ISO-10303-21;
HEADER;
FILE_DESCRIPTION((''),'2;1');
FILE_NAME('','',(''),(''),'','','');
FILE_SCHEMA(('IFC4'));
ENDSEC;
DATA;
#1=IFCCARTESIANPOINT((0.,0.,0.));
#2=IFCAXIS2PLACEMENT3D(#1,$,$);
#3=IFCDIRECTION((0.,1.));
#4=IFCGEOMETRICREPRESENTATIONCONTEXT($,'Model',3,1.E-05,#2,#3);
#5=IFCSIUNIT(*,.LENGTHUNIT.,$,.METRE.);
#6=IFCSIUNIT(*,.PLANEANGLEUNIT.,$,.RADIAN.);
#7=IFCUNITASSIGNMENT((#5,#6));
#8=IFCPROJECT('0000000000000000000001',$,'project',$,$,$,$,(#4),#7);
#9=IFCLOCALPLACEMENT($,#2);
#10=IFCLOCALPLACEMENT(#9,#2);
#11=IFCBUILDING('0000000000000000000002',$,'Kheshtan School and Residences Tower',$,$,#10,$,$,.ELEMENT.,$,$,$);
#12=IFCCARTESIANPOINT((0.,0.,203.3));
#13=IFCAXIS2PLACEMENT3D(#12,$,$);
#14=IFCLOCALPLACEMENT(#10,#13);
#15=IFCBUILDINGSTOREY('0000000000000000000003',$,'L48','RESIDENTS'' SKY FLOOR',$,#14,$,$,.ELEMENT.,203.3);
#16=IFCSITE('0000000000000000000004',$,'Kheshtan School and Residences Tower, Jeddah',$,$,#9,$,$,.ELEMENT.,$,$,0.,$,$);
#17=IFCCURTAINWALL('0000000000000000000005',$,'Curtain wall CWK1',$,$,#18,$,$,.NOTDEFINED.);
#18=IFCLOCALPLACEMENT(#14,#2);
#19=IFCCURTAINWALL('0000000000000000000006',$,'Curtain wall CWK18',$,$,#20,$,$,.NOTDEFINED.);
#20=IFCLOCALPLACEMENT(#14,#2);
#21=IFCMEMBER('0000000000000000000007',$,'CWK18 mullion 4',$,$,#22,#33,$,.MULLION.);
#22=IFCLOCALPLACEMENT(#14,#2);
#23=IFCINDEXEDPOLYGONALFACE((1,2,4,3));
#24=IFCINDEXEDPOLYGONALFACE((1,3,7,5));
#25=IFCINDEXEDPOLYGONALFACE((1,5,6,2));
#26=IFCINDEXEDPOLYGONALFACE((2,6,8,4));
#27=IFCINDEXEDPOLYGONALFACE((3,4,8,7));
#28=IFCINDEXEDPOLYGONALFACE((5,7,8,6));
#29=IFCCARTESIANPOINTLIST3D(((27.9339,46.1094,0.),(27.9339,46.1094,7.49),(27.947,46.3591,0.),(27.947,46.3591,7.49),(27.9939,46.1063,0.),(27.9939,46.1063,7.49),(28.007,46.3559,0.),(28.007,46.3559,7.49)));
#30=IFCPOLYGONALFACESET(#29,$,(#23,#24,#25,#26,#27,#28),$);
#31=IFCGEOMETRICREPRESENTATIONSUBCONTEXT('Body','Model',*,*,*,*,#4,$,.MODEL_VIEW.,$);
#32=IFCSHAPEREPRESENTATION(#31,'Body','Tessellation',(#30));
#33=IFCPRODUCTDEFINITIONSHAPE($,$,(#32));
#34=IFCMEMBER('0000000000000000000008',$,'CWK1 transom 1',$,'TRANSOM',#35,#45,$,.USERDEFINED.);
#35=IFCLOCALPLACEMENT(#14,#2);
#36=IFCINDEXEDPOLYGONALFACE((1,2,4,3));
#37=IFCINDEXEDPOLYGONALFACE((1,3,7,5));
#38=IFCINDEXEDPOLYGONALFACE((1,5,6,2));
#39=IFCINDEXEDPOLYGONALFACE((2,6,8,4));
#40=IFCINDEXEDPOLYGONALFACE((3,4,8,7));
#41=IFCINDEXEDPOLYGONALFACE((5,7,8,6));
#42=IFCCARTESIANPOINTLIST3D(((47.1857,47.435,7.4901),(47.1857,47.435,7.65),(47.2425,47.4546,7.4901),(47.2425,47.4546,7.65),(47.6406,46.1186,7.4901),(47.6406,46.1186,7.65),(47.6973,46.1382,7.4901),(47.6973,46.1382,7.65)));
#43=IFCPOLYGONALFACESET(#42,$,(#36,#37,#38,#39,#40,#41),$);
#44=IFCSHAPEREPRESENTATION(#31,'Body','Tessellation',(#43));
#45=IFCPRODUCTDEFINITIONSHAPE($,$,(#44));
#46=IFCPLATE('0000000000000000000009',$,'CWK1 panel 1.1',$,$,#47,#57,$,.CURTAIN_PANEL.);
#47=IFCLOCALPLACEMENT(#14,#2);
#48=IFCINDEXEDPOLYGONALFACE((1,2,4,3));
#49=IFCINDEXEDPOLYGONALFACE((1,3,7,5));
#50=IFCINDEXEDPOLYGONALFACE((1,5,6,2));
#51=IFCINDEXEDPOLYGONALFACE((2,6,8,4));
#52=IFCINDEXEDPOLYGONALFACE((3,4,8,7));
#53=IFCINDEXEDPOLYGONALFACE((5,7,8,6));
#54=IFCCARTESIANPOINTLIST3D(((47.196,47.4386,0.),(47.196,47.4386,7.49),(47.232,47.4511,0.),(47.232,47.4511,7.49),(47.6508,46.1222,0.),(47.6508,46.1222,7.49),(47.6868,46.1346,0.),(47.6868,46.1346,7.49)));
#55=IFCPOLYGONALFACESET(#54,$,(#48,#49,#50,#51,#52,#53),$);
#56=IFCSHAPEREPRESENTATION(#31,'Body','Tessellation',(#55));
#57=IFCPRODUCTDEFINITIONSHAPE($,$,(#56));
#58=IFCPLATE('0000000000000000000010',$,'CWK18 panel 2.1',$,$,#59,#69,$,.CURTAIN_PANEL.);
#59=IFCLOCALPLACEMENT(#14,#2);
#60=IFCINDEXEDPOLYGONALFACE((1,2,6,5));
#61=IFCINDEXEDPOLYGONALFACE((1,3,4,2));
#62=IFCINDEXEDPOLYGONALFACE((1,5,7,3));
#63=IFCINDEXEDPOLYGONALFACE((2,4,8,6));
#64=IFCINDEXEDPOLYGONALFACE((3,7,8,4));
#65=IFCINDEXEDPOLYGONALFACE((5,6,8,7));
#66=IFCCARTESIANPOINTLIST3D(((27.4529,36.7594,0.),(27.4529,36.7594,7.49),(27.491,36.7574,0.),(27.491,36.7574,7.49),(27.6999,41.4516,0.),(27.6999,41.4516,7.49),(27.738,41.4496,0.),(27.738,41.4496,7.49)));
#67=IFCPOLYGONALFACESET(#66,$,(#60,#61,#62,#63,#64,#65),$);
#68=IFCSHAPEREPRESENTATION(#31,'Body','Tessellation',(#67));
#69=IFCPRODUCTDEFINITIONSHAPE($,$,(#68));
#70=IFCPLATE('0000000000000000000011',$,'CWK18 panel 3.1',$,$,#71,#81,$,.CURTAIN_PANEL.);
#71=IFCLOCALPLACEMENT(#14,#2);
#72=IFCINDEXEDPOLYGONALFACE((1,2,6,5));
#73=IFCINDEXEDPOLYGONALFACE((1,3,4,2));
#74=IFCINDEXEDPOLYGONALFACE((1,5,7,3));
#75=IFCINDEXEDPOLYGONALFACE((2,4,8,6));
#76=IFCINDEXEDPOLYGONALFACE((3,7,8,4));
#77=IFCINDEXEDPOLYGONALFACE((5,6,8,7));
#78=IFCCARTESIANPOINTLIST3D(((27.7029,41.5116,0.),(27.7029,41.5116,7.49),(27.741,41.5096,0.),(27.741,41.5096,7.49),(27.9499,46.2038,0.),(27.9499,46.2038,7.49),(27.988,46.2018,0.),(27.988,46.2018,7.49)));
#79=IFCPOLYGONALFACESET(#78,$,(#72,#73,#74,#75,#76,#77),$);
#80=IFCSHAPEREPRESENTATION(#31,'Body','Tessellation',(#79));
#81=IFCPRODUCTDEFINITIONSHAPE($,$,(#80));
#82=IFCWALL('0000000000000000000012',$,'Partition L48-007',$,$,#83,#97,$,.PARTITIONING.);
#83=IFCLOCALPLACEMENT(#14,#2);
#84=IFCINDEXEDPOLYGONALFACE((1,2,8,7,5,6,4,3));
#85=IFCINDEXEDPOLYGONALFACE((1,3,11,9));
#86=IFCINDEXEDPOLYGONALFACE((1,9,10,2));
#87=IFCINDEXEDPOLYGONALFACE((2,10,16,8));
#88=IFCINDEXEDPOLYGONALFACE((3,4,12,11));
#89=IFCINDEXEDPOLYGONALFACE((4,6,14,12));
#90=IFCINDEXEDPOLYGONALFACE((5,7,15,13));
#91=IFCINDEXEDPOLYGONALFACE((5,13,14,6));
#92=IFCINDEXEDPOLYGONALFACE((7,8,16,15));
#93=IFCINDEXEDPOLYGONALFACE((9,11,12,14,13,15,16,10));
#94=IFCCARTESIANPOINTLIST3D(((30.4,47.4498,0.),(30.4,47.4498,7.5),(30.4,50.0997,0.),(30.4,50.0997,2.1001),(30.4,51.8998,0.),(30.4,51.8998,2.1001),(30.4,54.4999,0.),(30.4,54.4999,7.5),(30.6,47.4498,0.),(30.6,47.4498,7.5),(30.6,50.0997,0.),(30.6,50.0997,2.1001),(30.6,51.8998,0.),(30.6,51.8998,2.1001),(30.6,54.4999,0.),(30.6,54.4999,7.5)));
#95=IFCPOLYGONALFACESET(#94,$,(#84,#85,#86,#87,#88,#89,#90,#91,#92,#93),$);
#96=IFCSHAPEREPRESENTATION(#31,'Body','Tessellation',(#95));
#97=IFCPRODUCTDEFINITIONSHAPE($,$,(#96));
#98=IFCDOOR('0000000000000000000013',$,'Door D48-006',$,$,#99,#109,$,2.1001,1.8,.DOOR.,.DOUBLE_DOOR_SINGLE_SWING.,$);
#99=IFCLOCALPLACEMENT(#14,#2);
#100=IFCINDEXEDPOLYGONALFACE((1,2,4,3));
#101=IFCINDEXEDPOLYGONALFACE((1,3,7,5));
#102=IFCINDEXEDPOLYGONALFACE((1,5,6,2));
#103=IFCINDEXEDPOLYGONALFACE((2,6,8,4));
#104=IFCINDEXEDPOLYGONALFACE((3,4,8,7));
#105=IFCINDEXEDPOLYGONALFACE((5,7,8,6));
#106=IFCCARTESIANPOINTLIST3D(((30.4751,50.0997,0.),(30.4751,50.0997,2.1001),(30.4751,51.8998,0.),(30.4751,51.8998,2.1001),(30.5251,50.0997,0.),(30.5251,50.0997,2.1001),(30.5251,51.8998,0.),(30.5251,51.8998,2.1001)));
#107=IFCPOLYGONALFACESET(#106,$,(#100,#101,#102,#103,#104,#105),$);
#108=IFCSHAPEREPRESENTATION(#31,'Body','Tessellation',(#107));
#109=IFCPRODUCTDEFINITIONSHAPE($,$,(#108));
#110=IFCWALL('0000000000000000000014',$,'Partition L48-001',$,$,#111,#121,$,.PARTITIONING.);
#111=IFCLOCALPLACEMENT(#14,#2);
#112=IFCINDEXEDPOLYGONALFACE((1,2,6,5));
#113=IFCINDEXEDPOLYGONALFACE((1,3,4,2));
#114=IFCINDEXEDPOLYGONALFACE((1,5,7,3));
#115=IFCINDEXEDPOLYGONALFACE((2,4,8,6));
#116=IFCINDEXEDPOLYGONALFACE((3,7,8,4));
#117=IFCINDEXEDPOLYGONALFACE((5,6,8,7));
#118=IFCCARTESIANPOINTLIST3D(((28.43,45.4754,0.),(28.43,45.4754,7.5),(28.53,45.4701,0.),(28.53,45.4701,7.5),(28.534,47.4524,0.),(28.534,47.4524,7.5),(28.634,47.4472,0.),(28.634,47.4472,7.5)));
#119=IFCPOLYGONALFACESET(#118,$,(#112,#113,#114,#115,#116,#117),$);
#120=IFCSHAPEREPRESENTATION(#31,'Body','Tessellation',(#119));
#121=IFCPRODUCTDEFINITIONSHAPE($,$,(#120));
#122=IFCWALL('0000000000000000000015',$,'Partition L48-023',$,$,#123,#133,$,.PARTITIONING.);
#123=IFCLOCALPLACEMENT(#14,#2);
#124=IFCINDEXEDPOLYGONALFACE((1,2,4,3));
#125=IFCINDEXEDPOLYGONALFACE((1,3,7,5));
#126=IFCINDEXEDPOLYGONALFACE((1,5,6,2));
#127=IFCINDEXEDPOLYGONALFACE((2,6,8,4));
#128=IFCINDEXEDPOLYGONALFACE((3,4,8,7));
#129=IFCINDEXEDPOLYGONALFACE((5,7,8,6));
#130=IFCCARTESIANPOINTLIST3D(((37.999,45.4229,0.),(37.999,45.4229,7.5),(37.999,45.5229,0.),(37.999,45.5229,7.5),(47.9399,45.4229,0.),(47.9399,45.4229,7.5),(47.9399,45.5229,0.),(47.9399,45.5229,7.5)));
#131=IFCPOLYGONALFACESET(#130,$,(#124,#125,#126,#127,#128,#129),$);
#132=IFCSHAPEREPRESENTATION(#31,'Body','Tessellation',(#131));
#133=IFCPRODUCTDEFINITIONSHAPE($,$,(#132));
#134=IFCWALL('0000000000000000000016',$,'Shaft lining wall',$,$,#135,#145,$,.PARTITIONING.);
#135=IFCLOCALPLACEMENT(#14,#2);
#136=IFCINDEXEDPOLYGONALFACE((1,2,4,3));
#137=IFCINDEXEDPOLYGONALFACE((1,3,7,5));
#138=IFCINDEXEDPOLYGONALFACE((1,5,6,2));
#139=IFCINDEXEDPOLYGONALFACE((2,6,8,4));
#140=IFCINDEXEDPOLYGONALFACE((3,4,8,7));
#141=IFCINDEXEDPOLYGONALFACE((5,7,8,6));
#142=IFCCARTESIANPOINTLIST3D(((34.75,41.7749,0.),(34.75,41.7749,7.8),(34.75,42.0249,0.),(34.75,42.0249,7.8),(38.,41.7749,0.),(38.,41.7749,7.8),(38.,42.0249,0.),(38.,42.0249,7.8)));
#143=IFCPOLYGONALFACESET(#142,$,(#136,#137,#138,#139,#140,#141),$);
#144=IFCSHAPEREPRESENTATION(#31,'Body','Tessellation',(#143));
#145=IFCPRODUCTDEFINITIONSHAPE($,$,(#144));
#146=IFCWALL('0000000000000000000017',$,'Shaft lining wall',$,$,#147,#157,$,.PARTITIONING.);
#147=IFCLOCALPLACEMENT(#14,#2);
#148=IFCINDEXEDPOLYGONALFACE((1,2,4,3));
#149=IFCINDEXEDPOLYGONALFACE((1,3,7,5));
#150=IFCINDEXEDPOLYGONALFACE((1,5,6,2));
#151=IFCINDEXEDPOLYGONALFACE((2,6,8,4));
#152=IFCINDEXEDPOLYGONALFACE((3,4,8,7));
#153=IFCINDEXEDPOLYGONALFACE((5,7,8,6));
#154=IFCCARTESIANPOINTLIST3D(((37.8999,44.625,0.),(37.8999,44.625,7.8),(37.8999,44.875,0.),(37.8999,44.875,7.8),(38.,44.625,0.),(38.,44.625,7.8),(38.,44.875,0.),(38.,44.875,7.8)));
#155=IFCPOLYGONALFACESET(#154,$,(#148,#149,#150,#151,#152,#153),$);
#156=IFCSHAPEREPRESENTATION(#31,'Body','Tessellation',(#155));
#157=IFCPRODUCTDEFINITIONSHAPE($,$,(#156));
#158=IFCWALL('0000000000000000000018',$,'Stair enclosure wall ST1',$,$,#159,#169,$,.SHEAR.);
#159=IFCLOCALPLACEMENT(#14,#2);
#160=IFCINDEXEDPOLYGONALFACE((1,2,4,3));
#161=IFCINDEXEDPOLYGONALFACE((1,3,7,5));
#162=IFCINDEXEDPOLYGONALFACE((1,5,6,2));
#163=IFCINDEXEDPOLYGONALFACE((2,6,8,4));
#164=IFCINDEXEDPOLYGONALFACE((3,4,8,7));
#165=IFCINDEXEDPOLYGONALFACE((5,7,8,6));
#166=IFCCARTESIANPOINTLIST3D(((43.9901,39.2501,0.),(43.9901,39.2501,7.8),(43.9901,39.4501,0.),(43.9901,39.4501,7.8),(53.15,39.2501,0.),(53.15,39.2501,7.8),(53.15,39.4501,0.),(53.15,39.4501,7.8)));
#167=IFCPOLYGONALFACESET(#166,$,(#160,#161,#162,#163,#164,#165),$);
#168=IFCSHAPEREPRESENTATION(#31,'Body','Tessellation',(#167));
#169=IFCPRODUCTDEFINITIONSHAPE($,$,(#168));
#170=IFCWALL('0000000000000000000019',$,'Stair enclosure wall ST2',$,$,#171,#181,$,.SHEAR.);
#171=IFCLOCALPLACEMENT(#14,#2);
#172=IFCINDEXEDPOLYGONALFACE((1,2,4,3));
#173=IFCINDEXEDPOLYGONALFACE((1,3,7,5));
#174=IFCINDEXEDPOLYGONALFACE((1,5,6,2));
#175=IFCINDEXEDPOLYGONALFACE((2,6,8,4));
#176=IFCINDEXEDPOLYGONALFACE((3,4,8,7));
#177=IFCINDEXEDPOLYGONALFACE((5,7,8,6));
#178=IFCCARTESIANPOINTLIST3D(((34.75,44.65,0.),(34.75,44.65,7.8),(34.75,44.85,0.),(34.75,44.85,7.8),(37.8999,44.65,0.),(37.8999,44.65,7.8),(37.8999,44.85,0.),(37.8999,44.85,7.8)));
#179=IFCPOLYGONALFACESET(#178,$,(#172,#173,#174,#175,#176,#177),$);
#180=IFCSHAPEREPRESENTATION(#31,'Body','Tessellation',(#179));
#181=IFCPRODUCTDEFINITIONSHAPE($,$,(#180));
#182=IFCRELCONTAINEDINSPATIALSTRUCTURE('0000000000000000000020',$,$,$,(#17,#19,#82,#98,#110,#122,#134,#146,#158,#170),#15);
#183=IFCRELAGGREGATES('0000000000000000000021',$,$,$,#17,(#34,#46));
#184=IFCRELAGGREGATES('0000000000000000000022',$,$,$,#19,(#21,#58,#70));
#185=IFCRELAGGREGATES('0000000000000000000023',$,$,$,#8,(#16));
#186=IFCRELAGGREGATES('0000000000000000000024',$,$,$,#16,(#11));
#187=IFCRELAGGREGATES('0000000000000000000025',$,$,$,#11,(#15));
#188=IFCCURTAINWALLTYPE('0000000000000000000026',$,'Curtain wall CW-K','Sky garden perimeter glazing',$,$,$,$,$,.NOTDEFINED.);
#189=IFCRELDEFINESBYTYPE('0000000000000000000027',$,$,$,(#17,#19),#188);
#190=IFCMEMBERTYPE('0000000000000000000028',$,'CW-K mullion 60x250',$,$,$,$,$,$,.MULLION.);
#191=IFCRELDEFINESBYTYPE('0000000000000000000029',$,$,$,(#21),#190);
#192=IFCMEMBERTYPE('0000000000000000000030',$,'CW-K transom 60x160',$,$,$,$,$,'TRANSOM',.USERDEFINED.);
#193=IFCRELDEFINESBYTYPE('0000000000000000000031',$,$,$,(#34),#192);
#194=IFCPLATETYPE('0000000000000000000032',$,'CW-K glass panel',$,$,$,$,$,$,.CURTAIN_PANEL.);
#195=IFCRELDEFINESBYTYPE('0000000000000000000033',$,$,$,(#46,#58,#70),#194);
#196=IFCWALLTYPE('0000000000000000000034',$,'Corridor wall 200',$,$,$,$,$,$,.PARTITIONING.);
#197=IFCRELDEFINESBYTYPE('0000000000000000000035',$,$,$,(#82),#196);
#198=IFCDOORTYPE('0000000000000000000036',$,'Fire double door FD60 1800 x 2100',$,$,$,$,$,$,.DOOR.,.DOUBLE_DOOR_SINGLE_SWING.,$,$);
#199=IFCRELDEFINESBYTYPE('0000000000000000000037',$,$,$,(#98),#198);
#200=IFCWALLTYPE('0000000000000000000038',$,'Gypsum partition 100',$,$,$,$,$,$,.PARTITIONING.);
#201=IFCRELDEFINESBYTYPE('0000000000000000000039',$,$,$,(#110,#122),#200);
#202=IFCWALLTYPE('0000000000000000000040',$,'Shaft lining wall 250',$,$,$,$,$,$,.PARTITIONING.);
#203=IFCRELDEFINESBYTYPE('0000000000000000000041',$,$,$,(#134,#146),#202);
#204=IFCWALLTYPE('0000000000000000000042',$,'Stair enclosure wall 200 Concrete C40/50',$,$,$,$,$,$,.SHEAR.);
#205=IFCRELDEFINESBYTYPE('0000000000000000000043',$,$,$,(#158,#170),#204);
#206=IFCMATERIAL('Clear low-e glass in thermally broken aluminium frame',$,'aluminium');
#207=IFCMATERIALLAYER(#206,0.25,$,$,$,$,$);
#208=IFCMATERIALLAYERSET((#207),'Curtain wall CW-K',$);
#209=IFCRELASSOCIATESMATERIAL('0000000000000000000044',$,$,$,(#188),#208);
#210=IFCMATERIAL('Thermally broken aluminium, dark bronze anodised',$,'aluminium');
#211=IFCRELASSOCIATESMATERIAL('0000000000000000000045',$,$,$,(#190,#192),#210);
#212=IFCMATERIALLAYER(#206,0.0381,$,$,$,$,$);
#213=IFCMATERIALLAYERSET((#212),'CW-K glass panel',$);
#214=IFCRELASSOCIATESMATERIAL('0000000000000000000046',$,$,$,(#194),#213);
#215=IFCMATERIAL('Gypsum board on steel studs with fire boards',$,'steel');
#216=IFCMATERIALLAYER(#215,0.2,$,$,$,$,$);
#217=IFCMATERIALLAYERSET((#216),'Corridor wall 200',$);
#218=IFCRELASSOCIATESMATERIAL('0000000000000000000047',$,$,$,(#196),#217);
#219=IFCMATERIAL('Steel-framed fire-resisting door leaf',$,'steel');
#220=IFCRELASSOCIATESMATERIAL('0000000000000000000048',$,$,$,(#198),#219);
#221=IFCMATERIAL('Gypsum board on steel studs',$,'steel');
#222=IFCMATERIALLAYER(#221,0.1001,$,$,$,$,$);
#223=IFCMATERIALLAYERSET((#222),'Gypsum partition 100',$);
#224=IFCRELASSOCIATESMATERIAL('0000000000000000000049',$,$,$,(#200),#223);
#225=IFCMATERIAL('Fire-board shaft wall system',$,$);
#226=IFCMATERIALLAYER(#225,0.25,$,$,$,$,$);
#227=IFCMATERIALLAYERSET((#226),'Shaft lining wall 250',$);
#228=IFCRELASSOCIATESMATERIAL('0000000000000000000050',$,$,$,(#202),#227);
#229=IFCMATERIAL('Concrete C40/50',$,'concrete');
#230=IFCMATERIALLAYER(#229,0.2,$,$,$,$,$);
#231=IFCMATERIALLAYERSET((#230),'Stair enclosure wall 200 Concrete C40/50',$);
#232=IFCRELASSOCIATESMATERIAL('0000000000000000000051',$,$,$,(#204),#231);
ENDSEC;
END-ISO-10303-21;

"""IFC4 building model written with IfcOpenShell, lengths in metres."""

from ifc_helpers import new_model, si_unit, direction, frame, frame_2d, origin, origin_2d, place, context, subcontext, project, spatial, rectangle, extrude, source, transform, mapped, material, layer, layer_set, material_profile, profile_set, type_object, element, fill, aggregate, save


model = new_model("IFC4")

# Units and contexts
model_context = context("Model", 3, precision=1e-05, world=origin(), true_north=direction((0.0, 1.0)))
body_context = subcontext(model_context, "Body", "Model", "MODEL_VIEW")
ifc_project = project(units=[si_unit("LENGTHUNIT", "METRE"), si_unit("PLANEANGLEUNIT", "RADIAN")], contexts=[model_context])

# Site, building, storey
site_placement = place(None, origin())
site = spatial("IfcSite", under=ifc_project, at=site_placement, Name="Kheshtan School and Residences Tower, Jeddah", CompositionType="ELEMENT", RefElevation=0.0)
building_placement = place(site_placement, origin())
building = spatial("IfcBuilding", under=site, at=building_placement, Name="Kheshtan School and Residences Tower", CompositionType="ELEMENT")
storey_placement = place(building_placement, frame((0.0, 0.0, 203.3)))
storey = spatial("IfcBuildingStorey", under=building, at=storey_placement, Name="L48", Description="RESIDENTS' SKY FLOOR", CompositionType="ELEMENT", Elevation=203.3)

# Curtain wall
ifc_material_1 = material(Name="Clear low-e glass in thermally broken aluminium frame", Category="aluminium")
ifc_layer_1 = layer(ifc_material_1, 0.25)
ifc_layer_set_1 = layer_set([ifc_layer_1], Name="Curtain wall CW-K")
curtain_wall_type = type_object("IfcCurtainWallType", Name="Curtain wall CW-K", Description="Sky garden perimeter glazing", PredefinedType="NOTDEFINED", material=ifc_layer_set_1)
curtain_wall_1_placement = place(storey_placement, origin())
curtain_wall_1 = element("IfcCurtainWall", 1, at=curtain_wall_1_placement, inside=storey, type_object=curtain_wall_type, Name="Curtain wall CWK1", PredefinedType="NOTDEFINED")
ifc_material_2 = material(Name="Thermally broken aluminium, dark bronze anodised", Category="aluminium")
ifc_material_profile_1 = material_profile(ifc_material_2, rectangle(XDim=0.0601, YDim=0.25, at=origin_2d()), Name="CW-K mullion 60x250")
ifc_profile_set_1 = profile_set([ifc_material_profile_1], Name="Thermally broken aluminium, dark bronze anodised")
member_type_1 = type_object("IfcMemberType", Name="CW-K mullion 60x250", PredefinedType="MULLION", material=ifc_profile_set_1)

# Curtain wall, member
curtain_wall_2_placement = place(storey_placement, origin())
curtain_wall_2 = element("IfcCurtainWall", 2, at=curtain_wall_2_placement, inside=storey, type_object=curtain_wall_type, Name="Curtain wall CWK18", PredefinedType="NOTDEFINED")
member_1_placement = place(storey_placement, frame((27.9705, 46.2327, 0.0), z_axis=(0.0, 0.0, 1.0), x_axis=(-0.998617, 0.052565, 0.0)))
member_1 = element("IfcMember", 3, at=member_1_placement, type_object=member_type_1, Name="CWK18 mullion 4", PredefinedType="MULLION", context=body_context, shape_type="SweptSolid", body=[
    extrude(rectangle(XDim=0.0601, YDim=0.25, at=origin_2d()), origin(), (0.0, 0.0, 1.0), 7.49),
])

# Member
ifc_material_profile_2 = material_profile(ifc_material_2, rectangle(XDim=0.0601, YDim=0.1599, at=origin_2d()), Name="CW-K transom 60x160")
ifc_profile_set_2 = profile_set([ifc_material_profile_2], Name="Thermally broken aluminium, dark bronze anodised")
member_type_2 = type_object("IfcMemberType", Name="CW-K transom 60x160", ElementType="TRANSOM", PredefinedType="USERDEFINED", material=ifc_profile_set_2)
member_2_placement = place(storey_placement, frame((47.2141, 47.4448, 7.5701), z_axis=(0.326569, -0.945173, 0.0), x_axis=(0.945173, 0.326569, 0.0)))
member_2 = element("IfcMember", 4, at=member_2_placement, type_object=member_type_2, Name="CWK1 transom 1", ObjectType="TRANSOM", PredefinedType="USERDEFINED", context=body_context, shape_type="SweptSolid", body=[
    extrude(rectangle(XDim=0.0601, YDim=0.1599, at=origin_2d()), origin(), (0.0, 0.0, 1.0), 1.3928),
])

# Plates
ifc_layer_2 = layer(ifc_material_1, 0.0381)
ifc_layer_set_2 = layer_set([ifc_layer_2], Name="CW-K glass panel")
plate_type = type_object("IfcPlateType", Name="CW-K glass panel", PredefinedType="CURTAIN_PANEL", material=ifc_layer_set_2)
plate_1_placement = place(storey_placement, frame((47.4414, 46.7866, 0.0), z_axis=(0.0, 0.0, 1.0), x_axis=(0.32652, -0.94519, 0.0)))
plate_1 = element("IfcPlate", 5, at=plate_1_placement, type_object=plate_type, Name="CWK1 panel 1.1", PredefinedType="CURTAIN_PANEL", context=body_context, shape_type="SweptSolid", body=[
    extrude(rectangle(XDim=1.3928, YDim=0.0381, at=origin_2d()), origin(), (0.0, 0.0, 1.0), 7.49),
])
aggregate(curtain_wall_1, [member_2, plate_1])
plate_2_placement = place(storey_placement, frame((27.5955, 39.1045, 0.0), z_axis=(0.0, 0.0, 1.0), x_axis=(0.052565, 0.998617, 0.0)))
plate_2 = element("IfcPlate", 6, at=plate_2_placement, type_object=plate_type, Name="CWK18 panel 2.1", PredefinedType="CURTAIN_PANEL", context=body_context, shape_type="SweptSolid", body=[
    extrude(rectangle(XDim=4.6987, YDim=0.0381, at=origin_2d()), origin(), (0.0, 0.0, 1.0), 7.49),
])
plate_3_placement = place(storey_placement, frame((27.8455, 43.8567, 0.0), z_axis=(0.0, 0.0, 1.0), x_axis=(0.052565, 0.998617, 0.0)))
plate_3 = element("IfcPlate", 7, at=plate_3_placement, type_object=plate_type, Name="CWK18 panel 3.1", PredefinedType="CURTAIN_PANEL", context=body_context, shape_type="SweptSolid", body=[
    extrude(rectangle(XDim=4.6987, YDim=0.0381, at=origin_2d()), origin(), (0.0, 0.0, 1.0), 7.49),
])
aggregate(curtain_wall_2, [member_1, plate_2, plate_3])

# Wall, opening, door
ifc_material_3 = material(Name="Gypsum board on steel studs with fire boards", Category="steel")
ifc_layer_3 = layer(ifc_material_3, 0.2)
ifc_layer_set_3 = layer_set([ifc_layer_3], Name="Corridor wall 200")
wall_type_1 = type_object("IfcWallType", Name="Corridor wall 200", PredefinedType="PARTITIONING", material=ifc_layer_set_3)
wall_1_placement = place(storey_placement, frame((30.5, 47.45, 0.0), z_axis=(0.0, 0.0, 1.0), x_axis=(0.0, 1.0, 0.0)))
wall_1 = element("IfcWall", 8, at=wall_1_placement, inside=storey, type_object=wall_type_1, Name="Partition L48-007", PredefinedType="PARTITIONING", context=body_context, shape_type="SweptSolid", body=[
    extrude(rectangle(XDim=7.05, YDim=0.2, at=frame_2d((3.5249, 0.0))), origin(), (0.0, 0.0, 1.0), 7.5),
])
opening_placement = place(wall_1_placement, frame((2.6499, 0.0, 0.0)))
opening = element("IfcOpeningElement", 9, at=opening_placement, cuts=wall_1, PredefinedType="OPENING", context=body_context, shape_type="SweptSolid", body=[
    extrude(rectangle(XDim=1.8, YDim=2.1001, at=frame_2d((0.8999, 1.05))), frame((0.0, 0.1099, 0.0), z_axis=(0.0, -1.0, 0.0), x_axis=(1.0, 0.0, 0.0)), (0.0, 0.0, 1.0), 0.22),
])
ifc_material_4 = material(Name="Steel-framed fire-resisting door leaf", Category="steel")
door_type = type_object("IfcDoorType", Name="Fire double door FD60 1800 x 2100", OperationType="DOUBLE_DOOR_SINGLE_SWING", PredefinedType="DOOR", material=ifc_material_4)
shared_shape = source(origin(), body_context, "Body", "SweptSolid", [
    extrude(rectangle(XDim=1.8, YDim=2.1001, at=frame_2d((0.8999, 1.05))), frame((0.0, 0.0249, 0.0), z_axis=(0.0, -1.0, 0.0), x_axis=(1.0, 0.0, 0.0)), (0.0, 0.0, 1.0), 0.05),
])
door_placement = place(opening_placement, origin())
door = element("IfcDoor", 10, at=door_placement, inside=storey, type_object=door_type, Name="Door D48-006", OperationType="DOUBLE_DOOR_SINGLE_SWING", OverallHeight=2.1001, OverallWidth=1.8, PredefinedType="DOOR", context=body_context, shape_type="MappedRepresentation", body=[
    mapped(shared_shape, transform((0.0, 0.0, 0.0), x_axis=(1.0, 0.0, 0.0), y_axis=(0.0, 1.0, 0.0), z_axis=(0.0, 0.0, 1.0), scale=1.0)),
])
fill(opening, door)

# Walls
ifc_material_5 = material(Name="Gypsum board on steel studs", Category="steel")
ifc_layer_4 = layer(ifc_material_5, 0.1001)
ifc_layer_set_4 = layer_set([ifc_layer_4], Name="Gypsum partition 100")
wall_type_2 = type_object("IfcWallType", Name="Gypsum partition 100", PredefinedType="PARTITIONING", material=ifc_layer_set_4)
wall_2_placement = place(storey_placement, frame((28.48, 45.4729, 0.0), z_axis=(0.0, 0.0, 1.0), x_axis=(0.052533, 0.998619, 0.0)))
element("IfcWall", 11, at=wall_2_placement, inside=storey, type_object=wall_type_2, Name="Partition L48-001", PredefinedType="PARTITIONING", context=body_context, shape_type="SweptSolid", body=[
    extrude(rectangle(XDim=1.9797, YDim=0.1001, at=frame_2d((0.9897, 0.0))), origin(), (0.0, 0.0, 1.0), 7.5),
])
wall_3_placement = place(storey_placement, frame((37.999, 45.4729, 0.0), z_axis=(0.0, 0.0, 1.0), x_axis=(1.0, 0.0, 0.0)))
element("IfcWall", 12, at=wall_3_placement, inside=storey, type_object=wall_type_2, Name="Partition L48-023", PredefinedType="PARTITIONING", context=body_context, shape_type="SweptSolid", body=[
    extrude(rectangle(XDim=9.9409, YDim=0.1001, at=frame_2d((4.9705, 0.0))), origin(), (0.0, 0.0, 1.0), 7.5),
])
ifc_material_6 = material(Name="Fire-board shaft wall system")
ifc_layer_5 = layer(ifc_material_6, 0.25)
ifc_layer_set_5 = layer_set([ifc_layer_5], Name="Shaft lining wall 250")
wall_type_3 = type_object("IfcWallType", Name="Shaft lining wall 250", PredefinedType="PARTITIONING", material=ifc_layer_set_5)
wall_4_placement = place(storey_placement, frame((34.75, 41.8999, 0.0), z_axis=(0.0, 0.0, 1.0), x_axis=(1.0, 0.0, 0.0)))
element("IfcWall", 13, at=wall_4_placement, inside=storey, type_object=wall_type_3, Name="Shaft lining wall", PredefinedType="PARTITIONING", context=body_context, shape_type="SweptSolid", body=[
    extrude(rectangle(XDim=3.25, YDim=0.25, at=frame_2d((1.625, 0.0))), origin(), (0.0, 0.0, 1.0), 7.8),
])
wall_5_placement = place(storey_placement, frame((37.8999, 44.75, 0.0), z_axis=(0.0, 0.0, 1.0), x_axis=(1.0, 0.0, 0.0)))
element("IfcWall", 14, at=wall_5_placement, inside=storey, type_object=wall_type_3, Name="Shaft lining wall", PredefinedType="PARTITIONING", context=body_context, shape_type="SweptSolid", body=[
    extrude(rectangle(XDim=0.1001, YDim=0.25, at=frame_2d((0.05, 0.0))), origin(), (0.0, 0.0, 1.0), 7.8),
])
ifc_material_7 = material(Name="Concrete C40/50", Category="concrete")
ifc_layer_6 = layer(ifc_material_7, 0.2)
ifc_layer_set_6 = layer_set([ifc_layer_6], Name="Stair enclosure wall 200 Concrete C40/50")
wall_type_4 = type_object("IfcWallType", Name="Stair enclosure wall 200 Concrete C40/50", PredefinedType="SHEAR", material=ifc_layer_set_6)
wall_6_placement = place(storey_placement, frame((43.99, 39.3501, 0.0), z_axis=(0.0, 0.0, 1.0), x_axis=(1.0, 0.0, 0.0)))
element("IfcWall", 15, at=wall_6_placement, inside=storey, type_object=wall_type_4, Name="Stair enclosure wall ST1", PredefinedType="SHEAR", context=body_context, shape_type="SweptSolid", body=[
    extrude(rectangle(XDim=9.1599, YDim=0.2, at=frame_2d((4.5801, 0.0))), origin(), (0.0, 0.0, 1.0), 7.8),
])
wall_7_placement = place(storey_placement, frame((34.75, 44.75, 0.0), z_axis=(0.0, 0.0, 1.0), x_axis=(1.0, 0.0, 0.0)))
element("IfcWall", 16, at=wall_7_placement, inside=storey, type_object=wall_type_4, Name="Stair enclosure wall ST2", PredefinedType="SHEAR", context=body_context, shape_type="SweptSolid", body=[
    extrude(rectangle(XDim=3.1499, YDim=0.2, at=frame_2d((1.575, 0.0))), origin(), (0.0, 0.0, 1.0), 7.8),
])

save(model, "model.ifc")
